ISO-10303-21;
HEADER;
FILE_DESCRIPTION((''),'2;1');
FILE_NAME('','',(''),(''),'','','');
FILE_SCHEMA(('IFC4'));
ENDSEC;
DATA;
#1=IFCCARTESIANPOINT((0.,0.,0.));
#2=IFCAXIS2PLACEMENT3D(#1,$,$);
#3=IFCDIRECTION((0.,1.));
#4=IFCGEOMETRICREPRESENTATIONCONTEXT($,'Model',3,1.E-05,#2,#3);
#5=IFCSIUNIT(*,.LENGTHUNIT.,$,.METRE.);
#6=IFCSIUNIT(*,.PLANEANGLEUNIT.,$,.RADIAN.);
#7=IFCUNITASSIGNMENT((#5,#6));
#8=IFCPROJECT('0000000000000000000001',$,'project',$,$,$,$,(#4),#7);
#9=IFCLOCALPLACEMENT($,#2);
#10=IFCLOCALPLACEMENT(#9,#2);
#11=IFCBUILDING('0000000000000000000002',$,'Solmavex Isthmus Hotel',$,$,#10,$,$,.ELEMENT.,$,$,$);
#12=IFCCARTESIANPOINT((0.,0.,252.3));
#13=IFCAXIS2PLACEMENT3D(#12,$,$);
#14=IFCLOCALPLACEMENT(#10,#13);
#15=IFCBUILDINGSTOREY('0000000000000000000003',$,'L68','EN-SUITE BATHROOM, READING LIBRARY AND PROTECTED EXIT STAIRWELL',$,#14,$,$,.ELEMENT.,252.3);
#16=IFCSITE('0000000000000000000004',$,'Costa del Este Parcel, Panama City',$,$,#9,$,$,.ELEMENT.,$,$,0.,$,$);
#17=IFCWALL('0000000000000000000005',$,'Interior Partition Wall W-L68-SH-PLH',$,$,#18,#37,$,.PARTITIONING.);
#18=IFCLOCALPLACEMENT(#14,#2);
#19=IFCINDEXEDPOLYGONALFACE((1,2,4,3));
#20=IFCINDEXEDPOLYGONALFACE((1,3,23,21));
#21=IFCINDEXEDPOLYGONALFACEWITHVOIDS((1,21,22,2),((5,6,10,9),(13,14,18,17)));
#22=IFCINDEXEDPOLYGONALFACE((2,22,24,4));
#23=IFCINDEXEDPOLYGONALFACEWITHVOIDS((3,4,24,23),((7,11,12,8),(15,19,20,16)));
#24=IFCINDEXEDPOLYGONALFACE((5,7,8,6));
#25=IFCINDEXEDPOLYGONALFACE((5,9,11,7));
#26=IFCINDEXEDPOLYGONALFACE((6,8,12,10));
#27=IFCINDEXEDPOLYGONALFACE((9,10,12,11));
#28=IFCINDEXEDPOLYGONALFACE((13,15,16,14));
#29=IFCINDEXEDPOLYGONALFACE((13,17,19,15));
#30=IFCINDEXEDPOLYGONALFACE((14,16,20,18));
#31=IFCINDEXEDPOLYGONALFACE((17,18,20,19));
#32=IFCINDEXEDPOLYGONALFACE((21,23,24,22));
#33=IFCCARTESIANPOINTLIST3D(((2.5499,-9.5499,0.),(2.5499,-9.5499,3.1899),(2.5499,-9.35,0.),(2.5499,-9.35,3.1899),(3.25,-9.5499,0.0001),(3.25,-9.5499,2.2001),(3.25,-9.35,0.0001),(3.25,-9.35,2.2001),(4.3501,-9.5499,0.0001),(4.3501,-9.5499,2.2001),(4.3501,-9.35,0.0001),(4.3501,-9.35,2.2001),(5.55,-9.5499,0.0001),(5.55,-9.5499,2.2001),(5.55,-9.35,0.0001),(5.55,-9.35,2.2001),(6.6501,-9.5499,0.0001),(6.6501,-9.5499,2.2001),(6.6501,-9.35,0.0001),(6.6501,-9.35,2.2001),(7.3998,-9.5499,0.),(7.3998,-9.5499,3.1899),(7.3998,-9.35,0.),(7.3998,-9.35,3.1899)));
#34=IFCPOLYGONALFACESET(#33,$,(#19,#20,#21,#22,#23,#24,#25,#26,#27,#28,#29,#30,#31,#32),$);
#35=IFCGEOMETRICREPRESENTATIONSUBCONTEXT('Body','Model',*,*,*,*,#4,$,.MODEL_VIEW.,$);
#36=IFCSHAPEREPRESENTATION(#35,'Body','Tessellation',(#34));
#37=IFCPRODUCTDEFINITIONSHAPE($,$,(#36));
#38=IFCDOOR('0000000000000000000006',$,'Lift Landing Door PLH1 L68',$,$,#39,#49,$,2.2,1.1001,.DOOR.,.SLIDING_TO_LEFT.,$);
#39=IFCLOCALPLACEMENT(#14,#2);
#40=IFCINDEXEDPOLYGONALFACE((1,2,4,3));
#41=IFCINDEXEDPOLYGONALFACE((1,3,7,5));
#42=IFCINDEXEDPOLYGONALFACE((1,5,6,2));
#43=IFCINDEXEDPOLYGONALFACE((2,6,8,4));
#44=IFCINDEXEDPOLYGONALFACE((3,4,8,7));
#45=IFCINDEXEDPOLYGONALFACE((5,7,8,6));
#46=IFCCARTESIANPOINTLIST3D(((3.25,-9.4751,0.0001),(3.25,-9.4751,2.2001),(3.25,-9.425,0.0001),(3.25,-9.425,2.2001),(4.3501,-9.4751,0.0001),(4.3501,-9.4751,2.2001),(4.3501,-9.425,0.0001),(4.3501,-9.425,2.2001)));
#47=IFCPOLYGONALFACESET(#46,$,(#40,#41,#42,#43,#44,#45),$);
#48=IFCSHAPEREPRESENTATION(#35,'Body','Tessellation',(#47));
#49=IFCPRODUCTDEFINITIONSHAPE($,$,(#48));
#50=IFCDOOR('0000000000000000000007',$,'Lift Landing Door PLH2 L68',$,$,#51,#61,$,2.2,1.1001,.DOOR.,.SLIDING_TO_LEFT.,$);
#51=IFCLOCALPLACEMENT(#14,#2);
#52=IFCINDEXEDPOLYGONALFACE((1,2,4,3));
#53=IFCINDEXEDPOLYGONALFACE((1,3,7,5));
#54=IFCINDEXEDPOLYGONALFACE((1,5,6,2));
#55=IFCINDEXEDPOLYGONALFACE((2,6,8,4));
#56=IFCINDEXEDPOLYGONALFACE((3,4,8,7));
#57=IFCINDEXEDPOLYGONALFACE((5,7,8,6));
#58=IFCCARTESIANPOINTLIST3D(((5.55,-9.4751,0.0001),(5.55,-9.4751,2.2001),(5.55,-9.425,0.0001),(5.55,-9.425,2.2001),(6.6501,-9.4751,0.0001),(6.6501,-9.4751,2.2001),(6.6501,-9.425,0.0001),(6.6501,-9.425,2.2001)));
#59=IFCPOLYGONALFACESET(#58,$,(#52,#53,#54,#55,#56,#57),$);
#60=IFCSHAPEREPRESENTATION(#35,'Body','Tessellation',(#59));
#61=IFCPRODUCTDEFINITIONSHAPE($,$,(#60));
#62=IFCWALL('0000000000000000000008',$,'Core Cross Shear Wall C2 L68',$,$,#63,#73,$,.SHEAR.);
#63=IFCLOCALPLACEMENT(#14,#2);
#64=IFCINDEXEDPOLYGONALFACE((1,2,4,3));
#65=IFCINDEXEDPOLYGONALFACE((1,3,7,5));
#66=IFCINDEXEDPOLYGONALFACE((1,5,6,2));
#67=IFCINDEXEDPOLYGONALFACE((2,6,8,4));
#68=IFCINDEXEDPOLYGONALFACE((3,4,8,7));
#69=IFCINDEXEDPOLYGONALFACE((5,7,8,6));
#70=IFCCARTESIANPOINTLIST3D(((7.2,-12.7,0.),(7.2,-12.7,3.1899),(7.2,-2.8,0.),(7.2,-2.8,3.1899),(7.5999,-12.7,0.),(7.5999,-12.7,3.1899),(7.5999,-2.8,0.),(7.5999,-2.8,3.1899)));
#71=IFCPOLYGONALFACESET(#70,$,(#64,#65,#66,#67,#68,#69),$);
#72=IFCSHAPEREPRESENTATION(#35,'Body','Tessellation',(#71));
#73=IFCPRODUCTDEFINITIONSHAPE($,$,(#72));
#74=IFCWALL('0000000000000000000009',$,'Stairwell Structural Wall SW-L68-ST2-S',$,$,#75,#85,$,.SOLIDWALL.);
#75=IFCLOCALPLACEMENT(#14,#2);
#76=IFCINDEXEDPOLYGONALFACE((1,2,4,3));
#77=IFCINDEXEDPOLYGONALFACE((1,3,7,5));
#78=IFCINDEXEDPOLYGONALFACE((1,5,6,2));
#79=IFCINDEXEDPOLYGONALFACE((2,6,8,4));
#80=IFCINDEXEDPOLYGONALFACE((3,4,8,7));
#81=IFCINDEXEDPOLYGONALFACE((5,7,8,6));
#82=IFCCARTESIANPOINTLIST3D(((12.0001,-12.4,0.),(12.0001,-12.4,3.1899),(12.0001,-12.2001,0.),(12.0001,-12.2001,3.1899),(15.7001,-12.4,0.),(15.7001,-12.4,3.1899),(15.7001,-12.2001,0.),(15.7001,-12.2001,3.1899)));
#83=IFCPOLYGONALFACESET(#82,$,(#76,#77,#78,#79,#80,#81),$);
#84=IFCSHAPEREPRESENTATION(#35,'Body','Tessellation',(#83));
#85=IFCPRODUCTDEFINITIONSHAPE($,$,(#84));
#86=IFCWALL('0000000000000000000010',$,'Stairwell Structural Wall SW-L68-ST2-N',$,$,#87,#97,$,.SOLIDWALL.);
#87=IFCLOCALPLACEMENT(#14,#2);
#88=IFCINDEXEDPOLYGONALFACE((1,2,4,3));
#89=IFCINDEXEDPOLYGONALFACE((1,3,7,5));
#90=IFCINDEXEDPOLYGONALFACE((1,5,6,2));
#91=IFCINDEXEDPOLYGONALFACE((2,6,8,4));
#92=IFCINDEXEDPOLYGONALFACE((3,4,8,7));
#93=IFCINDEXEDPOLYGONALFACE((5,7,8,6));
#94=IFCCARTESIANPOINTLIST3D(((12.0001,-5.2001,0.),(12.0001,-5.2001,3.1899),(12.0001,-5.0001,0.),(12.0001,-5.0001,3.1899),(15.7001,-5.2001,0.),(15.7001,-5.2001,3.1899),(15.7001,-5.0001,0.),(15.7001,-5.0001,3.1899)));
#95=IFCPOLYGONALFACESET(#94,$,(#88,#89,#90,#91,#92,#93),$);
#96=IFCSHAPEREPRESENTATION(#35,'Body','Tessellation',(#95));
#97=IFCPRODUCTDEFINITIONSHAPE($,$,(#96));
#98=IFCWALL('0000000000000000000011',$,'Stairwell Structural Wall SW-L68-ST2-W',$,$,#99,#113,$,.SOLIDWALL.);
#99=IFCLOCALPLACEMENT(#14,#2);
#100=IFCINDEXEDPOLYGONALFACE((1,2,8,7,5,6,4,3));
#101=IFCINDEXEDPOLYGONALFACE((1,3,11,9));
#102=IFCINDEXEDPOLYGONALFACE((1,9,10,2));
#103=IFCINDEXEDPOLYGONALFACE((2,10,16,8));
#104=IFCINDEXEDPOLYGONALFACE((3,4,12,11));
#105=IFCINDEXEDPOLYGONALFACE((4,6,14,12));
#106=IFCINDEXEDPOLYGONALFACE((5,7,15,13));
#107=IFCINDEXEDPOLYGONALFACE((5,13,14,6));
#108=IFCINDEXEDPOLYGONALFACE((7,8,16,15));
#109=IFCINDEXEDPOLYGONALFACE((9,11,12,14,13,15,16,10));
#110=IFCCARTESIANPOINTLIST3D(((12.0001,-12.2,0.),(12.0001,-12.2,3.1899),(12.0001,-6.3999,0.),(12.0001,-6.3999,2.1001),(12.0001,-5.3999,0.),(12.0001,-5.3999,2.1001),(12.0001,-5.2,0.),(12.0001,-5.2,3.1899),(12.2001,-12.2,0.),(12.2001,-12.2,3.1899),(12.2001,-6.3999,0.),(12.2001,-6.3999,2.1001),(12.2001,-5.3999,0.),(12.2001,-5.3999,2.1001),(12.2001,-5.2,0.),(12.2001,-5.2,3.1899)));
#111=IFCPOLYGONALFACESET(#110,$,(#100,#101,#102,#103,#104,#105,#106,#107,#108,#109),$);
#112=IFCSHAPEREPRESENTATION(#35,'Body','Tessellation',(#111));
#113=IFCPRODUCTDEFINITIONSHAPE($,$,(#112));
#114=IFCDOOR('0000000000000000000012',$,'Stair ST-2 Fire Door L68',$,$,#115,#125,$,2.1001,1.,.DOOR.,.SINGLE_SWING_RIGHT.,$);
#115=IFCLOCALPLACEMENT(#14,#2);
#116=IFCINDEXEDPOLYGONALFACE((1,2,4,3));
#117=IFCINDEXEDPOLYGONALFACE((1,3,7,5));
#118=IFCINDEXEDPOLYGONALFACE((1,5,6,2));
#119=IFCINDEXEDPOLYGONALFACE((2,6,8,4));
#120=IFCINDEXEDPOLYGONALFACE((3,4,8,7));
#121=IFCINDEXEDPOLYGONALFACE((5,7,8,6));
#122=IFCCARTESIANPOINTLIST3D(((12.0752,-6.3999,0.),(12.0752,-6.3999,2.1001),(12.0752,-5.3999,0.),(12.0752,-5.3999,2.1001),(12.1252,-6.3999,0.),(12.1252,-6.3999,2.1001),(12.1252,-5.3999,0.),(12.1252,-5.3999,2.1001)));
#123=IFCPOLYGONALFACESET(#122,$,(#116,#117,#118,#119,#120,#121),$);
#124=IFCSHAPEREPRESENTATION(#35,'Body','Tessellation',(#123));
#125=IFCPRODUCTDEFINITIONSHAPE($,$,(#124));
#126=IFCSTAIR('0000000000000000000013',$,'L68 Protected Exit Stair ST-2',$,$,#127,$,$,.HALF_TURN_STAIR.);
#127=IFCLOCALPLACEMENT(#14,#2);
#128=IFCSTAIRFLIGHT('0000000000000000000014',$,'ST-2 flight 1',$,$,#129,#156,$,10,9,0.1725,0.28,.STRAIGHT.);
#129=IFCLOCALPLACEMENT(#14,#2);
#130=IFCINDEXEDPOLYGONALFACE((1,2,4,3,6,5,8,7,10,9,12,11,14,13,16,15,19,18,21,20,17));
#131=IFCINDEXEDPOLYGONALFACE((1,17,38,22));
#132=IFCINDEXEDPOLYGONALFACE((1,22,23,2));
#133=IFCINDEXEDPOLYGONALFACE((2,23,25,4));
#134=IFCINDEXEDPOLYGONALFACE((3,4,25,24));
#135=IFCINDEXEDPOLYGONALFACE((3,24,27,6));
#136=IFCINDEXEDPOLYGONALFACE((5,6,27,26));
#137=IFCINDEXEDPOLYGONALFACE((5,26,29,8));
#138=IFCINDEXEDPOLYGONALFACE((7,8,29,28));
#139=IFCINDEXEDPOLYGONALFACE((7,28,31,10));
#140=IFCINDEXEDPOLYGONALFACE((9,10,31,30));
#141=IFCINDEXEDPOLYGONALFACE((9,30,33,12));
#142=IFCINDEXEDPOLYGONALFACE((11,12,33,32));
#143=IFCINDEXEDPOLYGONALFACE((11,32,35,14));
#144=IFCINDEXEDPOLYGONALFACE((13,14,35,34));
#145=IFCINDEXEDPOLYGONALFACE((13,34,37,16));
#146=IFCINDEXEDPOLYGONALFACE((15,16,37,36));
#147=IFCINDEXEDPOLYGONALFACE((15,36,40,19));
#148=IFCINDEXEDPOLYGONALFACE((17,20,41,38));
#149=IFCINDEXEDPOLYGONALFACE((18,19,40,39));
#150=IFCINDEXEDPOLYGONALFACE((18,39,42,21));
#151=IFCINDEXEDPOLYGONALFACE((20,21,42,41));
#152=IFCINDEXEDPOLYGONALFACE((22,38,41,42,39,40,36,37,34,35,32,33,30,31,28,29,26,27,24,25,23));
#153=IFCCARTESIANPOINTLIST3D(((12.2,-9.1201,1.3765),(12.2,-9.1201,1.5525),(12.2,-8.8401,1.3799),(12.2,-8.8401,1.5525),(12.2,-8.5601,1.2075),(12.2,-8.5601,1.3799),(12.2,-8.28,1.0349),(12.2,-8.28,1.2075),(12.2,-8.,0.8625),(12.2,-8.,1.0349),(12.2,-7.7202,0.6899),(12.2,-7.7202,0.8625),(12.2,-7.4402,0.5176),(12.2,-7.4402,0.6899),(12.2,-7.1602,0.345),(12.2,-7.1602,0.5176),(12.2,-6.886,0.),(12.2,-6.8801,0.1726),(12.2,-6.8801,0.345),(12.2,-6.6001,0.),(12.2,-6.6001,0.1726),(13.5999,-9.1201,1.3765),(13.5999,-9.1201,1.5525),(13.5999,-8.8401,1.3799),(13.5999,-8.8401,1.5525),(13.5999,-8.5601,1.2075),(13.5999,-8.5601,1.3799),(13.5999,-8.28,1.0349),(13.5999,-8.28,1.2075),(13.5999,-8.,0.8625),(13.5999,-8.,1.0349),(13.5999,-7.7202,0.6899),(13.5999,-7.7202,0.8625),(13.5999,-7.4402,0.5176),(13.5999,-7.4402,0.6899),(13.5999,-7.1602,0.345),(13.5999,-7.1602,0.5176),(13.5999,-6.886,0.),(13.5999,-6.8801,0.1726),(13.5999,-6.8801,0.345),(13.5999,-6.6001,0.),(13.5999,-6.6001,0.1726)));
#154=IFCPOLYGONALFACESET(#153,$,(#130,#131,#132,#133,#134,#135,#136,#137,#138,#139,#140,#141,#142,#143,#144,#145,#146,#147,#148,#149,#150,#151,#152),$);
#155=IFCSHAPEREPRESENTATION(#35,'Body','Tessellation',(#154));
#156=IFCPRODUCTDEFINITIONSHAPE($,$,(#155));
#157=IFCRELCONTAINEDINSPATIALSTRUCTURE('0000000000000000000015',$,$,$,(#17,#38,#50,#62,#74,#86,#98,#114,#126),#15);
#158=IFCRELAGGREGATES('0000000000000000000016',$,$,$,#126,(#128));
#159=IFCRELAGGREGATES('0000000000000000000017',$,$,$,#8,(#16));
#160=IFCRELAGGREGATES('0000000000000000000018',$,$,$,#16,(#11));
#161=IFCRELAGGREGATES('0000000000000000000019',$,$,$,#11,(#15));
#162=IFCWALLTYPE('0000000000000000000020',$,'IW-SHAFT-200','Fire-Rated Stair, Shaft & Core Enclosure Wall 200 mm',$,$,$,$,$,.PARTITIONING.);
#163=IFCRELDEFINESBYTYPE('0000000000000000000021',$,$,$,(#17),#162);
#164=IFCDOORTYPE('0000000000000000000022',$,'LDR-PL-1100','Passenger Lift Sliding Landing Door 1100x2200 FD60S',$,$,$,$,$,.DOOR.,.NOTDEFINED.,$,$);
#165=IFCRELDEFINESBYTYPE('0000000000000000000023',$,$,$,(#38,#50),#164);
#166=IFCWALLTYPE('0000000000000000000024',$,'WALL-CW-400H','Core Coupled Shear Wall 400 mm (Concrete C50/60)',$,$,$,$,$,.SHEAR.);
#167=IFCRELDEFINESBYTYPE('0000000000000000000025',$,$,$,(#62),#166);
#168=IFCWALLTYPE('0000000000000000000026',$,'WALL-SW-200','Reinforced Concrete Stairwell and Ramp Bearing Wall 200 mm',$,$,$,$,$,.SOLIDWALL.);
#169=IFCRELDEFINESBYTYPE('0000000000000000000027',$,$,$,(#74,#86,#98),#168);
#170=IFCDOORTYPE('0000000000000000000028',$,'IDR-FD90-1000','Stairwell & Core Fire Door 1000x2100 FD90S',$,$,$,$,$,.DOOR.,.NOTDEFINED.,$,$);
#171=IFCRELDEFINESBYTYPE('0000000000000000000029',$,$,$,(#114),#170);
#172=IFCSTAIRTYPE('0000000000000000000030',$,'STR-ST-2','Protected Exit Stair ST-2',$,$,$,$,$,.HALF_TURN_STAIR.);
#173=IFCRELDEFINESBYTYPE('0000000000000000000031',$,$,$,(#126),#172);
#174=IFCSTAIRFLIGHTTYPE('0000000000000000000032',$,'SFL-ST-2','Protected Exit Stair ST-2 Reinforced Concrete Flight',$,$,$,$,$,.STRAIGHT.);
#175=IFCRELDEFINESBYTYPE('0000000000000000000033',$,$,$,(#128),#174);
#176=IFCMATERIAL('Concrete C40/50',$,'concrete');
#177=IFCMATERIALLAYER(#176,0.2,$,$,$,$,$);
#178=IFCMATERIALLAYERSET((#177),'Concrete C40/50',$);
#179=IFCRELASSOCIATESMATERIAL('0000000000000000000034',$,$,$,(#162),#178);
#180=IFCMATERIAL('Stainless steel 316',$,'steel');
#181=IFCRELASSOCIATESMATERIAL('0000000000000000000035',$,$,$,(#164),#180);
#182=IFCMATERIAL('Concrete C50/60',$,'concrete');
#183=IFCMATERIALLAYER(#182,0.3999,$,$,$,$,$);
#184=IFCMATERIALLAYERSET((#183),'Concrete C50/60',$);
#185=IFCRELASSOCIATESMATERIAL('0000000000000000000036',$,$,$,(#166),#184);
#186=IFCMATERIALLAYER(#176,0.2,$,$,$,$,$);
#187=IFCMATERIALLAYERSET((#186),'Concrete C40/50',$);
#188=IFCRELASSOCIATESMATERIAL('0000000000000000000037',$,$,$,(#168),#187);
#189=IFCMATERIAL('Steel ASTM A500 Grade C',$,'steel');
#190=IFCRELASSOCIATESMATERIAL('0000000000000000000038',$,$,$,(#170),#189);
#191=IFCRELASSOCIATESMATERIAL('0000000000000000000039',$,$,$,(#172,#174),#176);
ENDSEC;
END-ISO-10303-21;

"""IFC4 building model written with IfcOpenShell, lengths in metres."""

from ifc_helpers import new_model, si_unit, direction, frame, frame_2d, origin, place, context, subcontext, project, spatial, polyline, rectangle, outline, extrude, material, layer, layer_set, type_object, element, fill, aggregate, save


model = new_model("IFC4")

# Units and contexts
model_context = context("Model", 3, precision=1e-05, world=origin(), true_north=direction((0.0, 1.0)))
body_context = subcontext(model_context, "Body", "Model", "MODEL_VIEW")
ifc_project = project(units=[si_unit("LENGTHUNIT", "METRE"), si_unit("PLANEANGLEUNIT", "RADIAN")], contexts=[model_context])

# Site, building, storey
site_placement = place(None, origin())
site = spatial("IfcSite", under=ifc_project, at=site_placement, Name="Costa del Este Parcel, Panama City", CompositionType="ELEMENT", RefElevation=0.0)
building_placement = place(site_placement, origin())
building = spatial("IfcBuilding", under=site, at=building_placement, Name="Solmavex Isthmus Hotel", CompositionType="ELEMENT")
storey_placement = place(building_placement, frame((0.0, 0.0, 252.3)))
storey = spatial("IfcBuildingStorey", under=building, at=storey_placement, Name="L68", Description="EN-SUITE BATHROOM, READING LIBRARY AND PROTECTED EXIT STAIRWELL", CompositionType="ELEMENT", Elevation=252.3)

# Shared definitions
ifc_material_1 = material(Name="Concrete C50/60", Category="concrete")

# Shared definitions
ifc_material_2 = material(Name="Concrete C40/50", Category="concrete")

# Shared definitions
ifc_layer_1 = layer(ifc_material_2, 0.2)
ifc_layer_set_1 = layer_set([ifc_layer_1], Name="Concrete C40/50")
wall_type_1 = type_object("IfcWallType", Name="IW-SHAFT-200", Description="Fire-Rated Stair, Shaft & Core Enclosure Wall 200 mm", PredefinedType="PARTITIONING", material=ifc_layer_set_1)
ifc_material_3 = material(Name="Steel ASTM A500 Grade C", Category="steel")

# Shared definitions
ifc_material_4 = material(Name="Stainless steel 316", Category="steel")

# Wall, openings, doors
wall_1_placement = place(storey_placement, frame((2.55, -9.45, 0.0), z_axis=(0.0, 0.0, 1.0), x_axis=(1.0, 0.0, 0.0)))
wall_1 = element("IfcWall", 1, at=wall_1_placement, inside=storey, type_object=wall_type_1, Name="Interior Partition Wall W-L68-SH-PLH", PredefinedType="PARTITIONING", context=body_context, shape_type="SweptSolid", body=[
    extrude(rectangle(XDim=4.8499, YDim=0.2, at=frame_2d((2.4248, 0.0))), origin(), (0.0, 0.0, 1.0), 3.1899),
])
opening_1_placement = place(wall_1_placement, frame((0.7, 0.0, 0.0)))
opening_1 = element("IfcOpeningElement", 2, at=opening_1_placement, cuts=wall_1, PredefinedType="OPENING", context=body_context, shape_type="SweptSolid", body=[
    extrude(rectangle(XDim=1.1001, YDim=2.2, at=frame_2d((0.55, 1.1001))), frame((0.0, 0.1099, 0.0), z_axis=(0.0, -1.0, 0.0), x_axis=(1.0, 0.0, 0.0)), (0.0, 0.0, 1.0), 0.22),
])
opening_2_placement = place(wall_1_placement, frame((3.0, 0.0, 0.0)))
opening_2 = element("IfcOpeningElement", 3, at=opening_2_placement, cuts=wall_1, PredefinedType="OPENING", context=body_context, shape_type="SweptSolid", body=[
    extrude(rectangle(XDim=1.1001, YDim=2.2, at=frame_2d((0.55, 1.1001))), frame((0.0, 0.1099, 0.0), z_axis=(0.0, -1.0, 0.0), x_axis=(1.0, 0.0, 0.0)), (0.0, 0.0, 1.0), 0.22),
])
door_type_1 = type_object("IfcDoorType", Name="LDR-PL-1100", Description="Passenger Lift Sliding Landing Door 1100x2200 FD60S", OperationType="NOTDEFINED", PredefinedType="DOOR", material=ifc_material_4)
door_1_placement = place(opening_1_placement, origin())
door_1 = element("IfcDoor", 4, at=door_1_placement, inside=storey, type_object=door_type_1, Name="Lift Landing Door PLH1 L68", OperationType="SLIDING_TO_LEFT", OverallHeight=2.2, OverallWidth=1.1001, PredefinedType="DOOR", context=body_context, shape_type="SweptSolid", body=[
    extrude(rectangle(XDim=1.1001, YDim=2.2, at=frame_2d((0.55, 1.1001))), frame((0.0, 0.0249, 0.0), z_axis=(0.0, -1.0, 0.0), x_axis=(1.0, 0.0, 0.0)), (0.0, 0.0, 1.0), 0.05),
])
fill(opening_1, door_1)
door_2_placement = place(opening_2_placement, origin())
door_2 = element("IfcDoor", 5, at=door_2_placement, inside=storey, type_object=door_type_1, Name="Lift Landing Door PLH2 L68", OperationType="SLIDING_TO_LEFT", OverallHeight=2.2, OverallWidth=1.1001, PredefinedType="DOOR", context=body_context, shape_type="SweptSolid", body=[
    extrude(rectangle(XDim=1.1001, YDim=2.2, at=frame_2d((0.55, 1.1001))), frame((0.0, 0.0249, 0.0), z_axis=(0.0, -1.0, 0.0), x_axis=(1.0, 0.0, 0.0)), (0.0, 0.0, 1.0), 0.05),
])
fill(opening_2, door_2)

# Walls
ifc_layer_2 = layer(ifc_material_1, 0.3999)
ifc_layer_set_2 = layer_set([ifc_layer_2], Name="Concrete C50/60")
wall_type_2 = type_object("IfcWallType", Name="WALL-CW-400H", Description="Core Coupled Shear Wall 400 mm (Concrete C50/60)", PredefinedType="SHEAR", material=ifc_layer_set_2)
wall_2_placement = place(storey_placement, frame((7.3999, -12.7, 0.0), z_axis=(0.0, 0.0, 1.0), x_axis=(0.0, 1.0, 0.0)))
element("IfcWall", 6, at=wall_2_placement, inside=storey, type_object=wall_type_2, Name="Core Cross Shear Wall C2 L68", PredefinedType="SHEAR", context=body_context, shape_type="SweptSolid", body=[
    extrude(rectangle(XDim=9.8999, YDim=0.3999, at=frame_2d((4.95, 0.0))), origin(), (0.0, 0.0, 1.0), 3.1899),
])
ifc_layer_3 = layer(ifc_material_2, 0.2)
ifc_layer_set_3 = layer_set([ifc_layer_3], Name="Concrete C40/50")
wall_type_3 = type_object("IfcWallType", Name="WALL-SW-200", Description="Reinforced Concrete Stairwell and Ramp Bearing Wall 200 mm", PredefinedType="SOLIDWALL", material=ifc_layer_set_3)
for number, where, z_axis, x_axis, name in (
    (7, (12.0, -12.3, 0.0), (0.0, 0.0, 1.0), (1.0, 0.0, 0.0), "Stairwell Structural Wall SW-L68-ST2-S"),
    (8, (12.0, -5.1001, 0.0), (0.0, 0.0, 1.0), (1.0, 0.0, 0.0), "Stairwell Structural Wall SW-L68-ST2-N"),
):
    element("IfcWall", number, at=place(storey_placement, frame(where, z_axis=z_axis, x_axis=x_axis)), inside=storey, type_object=wall_type_3, Name=name, PredefinedType="SOLIDWALL", context=body_context, shape_type="SweptSolid", body=[
        extrude(rectangle(XDim=3.7, YDim=0.2, at=frame_2d((1.8501, 0.0))), origin(), (0.0, 0.0, 1.0), 3.1899),
    ])

# Wall, opening, door
wall_3_placement = place(storey_placement, frame((12.1001, -12.2, 0.0), z_axis=(0.0, 0.0, 1.0), x_axis=(0.0, 1.0, 0.0)))
wall_3 = element("IfcWall", 9, at=wall_3_placement, inside=storey, type_object=wall_type_3, Name="Stairwell Structural Wall SW-L68-ST2-W", PredefinedType="SOLIDWALL", context=body_context, shape_type="SweptSolid", body=[
    extrude(rectangle(XDim=7.0, YDim=0.2, at=frame_2d((3.5, 0.0))), origin(), (0.0, 0.0, 1.0), 3.1899),
])
opening_3_placement = place(wall_3_placement, frame((5.8, 0.0, 0.0)))
opening_3 = element("IfcOpeningElement", 10, at=opening_3_placement, cuts=wall_3, PredefinedType="OPENING", context=body_context, shape_type="SweptSolid", body=[
    extrude(rectangle(XDim=1.0, YDim=2.1001, at=frame_2d((0.5, 1.05))), frame((0.0, 0.1099, 0.0), z_axis=(0.0, -1.0, 0.0), x_axis=(1.0, 0.0, 0.0)), (0.0, 0.0, 1.0), 0.22),
])
door_type_2 = type_object("IfcDoorType", Name="IDR-FD90-1000", Description="Stairwell & Core Fire Door 1000x2100 FD90S", OperationType="NOTDEFINED", PredefinedType="DOOR", material=ifc_material_3)
door_3_placement = place(opening_3_placement, origin())
door_3 = element("IfcDoor", 11, at=door_3_placement, inside=storey, type_object=door_type_2, Name="Stair ST-2 Fire Door L68", OperationType="SINGLE_SWING_RIGHT", OverallHeight=2.1001, OverallWidth=1.0, PredefinedType="DOOR", context=body_context, shape_type="SweptSolid", body=[
    extrude(rectangle(XDim=1.0, YDim=2.1001, at=frame_2d((0.5, 1.05))), frame((0.0, 0.0249, 0.0), z_axis=(0.0, -1.0, 0.0), x_axis=(1.0, 0.0, 0.0)), (0.0, 0.0, 1.0), 0.05),
])
fill(opening_3, door_3)

# Stair, stair flight
stair_type = type_object("IfcStairType", Name="STR-ST-2", Description="Protected Exit Stair ST-2", PredefinedType="HALF_TURN_STAIR", material=ifc_material_2)
stair_placement = place(storey_placement, origin())
stair = element("IfcStair", 12, at=stair_placement, inside=storey, type_object=stair_type, Name="L68 Protected Exit Stair ST-2", PredefinedType="HALF_TURN_STAIR")
stair_flight_type = type_object("IfcStairFlightType", Name="SFL-ST-2", Description="Protected Exit Stair ST-2 Reinforced Concrete Flight", PredefinedType="STRAIGHT", material=ifc_material_2)
stair_flight_placement = place(storey_placement, frame((12.8999, -6.6001, 0.0), z_axis=(0.0, 0.0, 1.0), x_axis=(0.0, -1.0, 0.0)))
stair_flight = element("IfcStairFlight", 13, at=stair_flight_placement, type_object=stair_flight_type, Name="ST-2 flight 1", NumberOfRisers=10, NumberOfTreads=9, PredefinedType="STRAIGHT", RiserHeight=0.1725, TreadLength=0.28, context=body_context, shape_type="SweptSolid", body=[
    extrude(outline(polyline([(0.0, 0.0), (0.0, 0.1726), (0.28, 0.1726), (0.28, 0.345), (0.5601, 0.345), (0.5601, 0.5176), (0.8401, 0.5176), (0.8401, 0.6899), (1.1201, 0.6899), (1.1201, 0.8625), (1.3999, 0.8625), (1.3999, 1.0349), (1.6799, 1.0349), (1.6799, 1.2075), (1.96, 1.2075), (1.96, 1.3799), (2.24, 1.3799), (2.24, 1.5525), (2.52, 1.5525), (2.52, 1.7251), (2.52, 1.3765), (0.2859, 0.0), (0.0, 0.0)])), frame((0.0, 0.7, 0.0), z_axis=(0.0, -1.0, 0.0), x_axis=(1.0, 0.0, 0.0)), (0.0, 0.0, 1.0), 1.3999),
])
aggregate(stair, [stair_flight])

save(model, "model.ifc")
